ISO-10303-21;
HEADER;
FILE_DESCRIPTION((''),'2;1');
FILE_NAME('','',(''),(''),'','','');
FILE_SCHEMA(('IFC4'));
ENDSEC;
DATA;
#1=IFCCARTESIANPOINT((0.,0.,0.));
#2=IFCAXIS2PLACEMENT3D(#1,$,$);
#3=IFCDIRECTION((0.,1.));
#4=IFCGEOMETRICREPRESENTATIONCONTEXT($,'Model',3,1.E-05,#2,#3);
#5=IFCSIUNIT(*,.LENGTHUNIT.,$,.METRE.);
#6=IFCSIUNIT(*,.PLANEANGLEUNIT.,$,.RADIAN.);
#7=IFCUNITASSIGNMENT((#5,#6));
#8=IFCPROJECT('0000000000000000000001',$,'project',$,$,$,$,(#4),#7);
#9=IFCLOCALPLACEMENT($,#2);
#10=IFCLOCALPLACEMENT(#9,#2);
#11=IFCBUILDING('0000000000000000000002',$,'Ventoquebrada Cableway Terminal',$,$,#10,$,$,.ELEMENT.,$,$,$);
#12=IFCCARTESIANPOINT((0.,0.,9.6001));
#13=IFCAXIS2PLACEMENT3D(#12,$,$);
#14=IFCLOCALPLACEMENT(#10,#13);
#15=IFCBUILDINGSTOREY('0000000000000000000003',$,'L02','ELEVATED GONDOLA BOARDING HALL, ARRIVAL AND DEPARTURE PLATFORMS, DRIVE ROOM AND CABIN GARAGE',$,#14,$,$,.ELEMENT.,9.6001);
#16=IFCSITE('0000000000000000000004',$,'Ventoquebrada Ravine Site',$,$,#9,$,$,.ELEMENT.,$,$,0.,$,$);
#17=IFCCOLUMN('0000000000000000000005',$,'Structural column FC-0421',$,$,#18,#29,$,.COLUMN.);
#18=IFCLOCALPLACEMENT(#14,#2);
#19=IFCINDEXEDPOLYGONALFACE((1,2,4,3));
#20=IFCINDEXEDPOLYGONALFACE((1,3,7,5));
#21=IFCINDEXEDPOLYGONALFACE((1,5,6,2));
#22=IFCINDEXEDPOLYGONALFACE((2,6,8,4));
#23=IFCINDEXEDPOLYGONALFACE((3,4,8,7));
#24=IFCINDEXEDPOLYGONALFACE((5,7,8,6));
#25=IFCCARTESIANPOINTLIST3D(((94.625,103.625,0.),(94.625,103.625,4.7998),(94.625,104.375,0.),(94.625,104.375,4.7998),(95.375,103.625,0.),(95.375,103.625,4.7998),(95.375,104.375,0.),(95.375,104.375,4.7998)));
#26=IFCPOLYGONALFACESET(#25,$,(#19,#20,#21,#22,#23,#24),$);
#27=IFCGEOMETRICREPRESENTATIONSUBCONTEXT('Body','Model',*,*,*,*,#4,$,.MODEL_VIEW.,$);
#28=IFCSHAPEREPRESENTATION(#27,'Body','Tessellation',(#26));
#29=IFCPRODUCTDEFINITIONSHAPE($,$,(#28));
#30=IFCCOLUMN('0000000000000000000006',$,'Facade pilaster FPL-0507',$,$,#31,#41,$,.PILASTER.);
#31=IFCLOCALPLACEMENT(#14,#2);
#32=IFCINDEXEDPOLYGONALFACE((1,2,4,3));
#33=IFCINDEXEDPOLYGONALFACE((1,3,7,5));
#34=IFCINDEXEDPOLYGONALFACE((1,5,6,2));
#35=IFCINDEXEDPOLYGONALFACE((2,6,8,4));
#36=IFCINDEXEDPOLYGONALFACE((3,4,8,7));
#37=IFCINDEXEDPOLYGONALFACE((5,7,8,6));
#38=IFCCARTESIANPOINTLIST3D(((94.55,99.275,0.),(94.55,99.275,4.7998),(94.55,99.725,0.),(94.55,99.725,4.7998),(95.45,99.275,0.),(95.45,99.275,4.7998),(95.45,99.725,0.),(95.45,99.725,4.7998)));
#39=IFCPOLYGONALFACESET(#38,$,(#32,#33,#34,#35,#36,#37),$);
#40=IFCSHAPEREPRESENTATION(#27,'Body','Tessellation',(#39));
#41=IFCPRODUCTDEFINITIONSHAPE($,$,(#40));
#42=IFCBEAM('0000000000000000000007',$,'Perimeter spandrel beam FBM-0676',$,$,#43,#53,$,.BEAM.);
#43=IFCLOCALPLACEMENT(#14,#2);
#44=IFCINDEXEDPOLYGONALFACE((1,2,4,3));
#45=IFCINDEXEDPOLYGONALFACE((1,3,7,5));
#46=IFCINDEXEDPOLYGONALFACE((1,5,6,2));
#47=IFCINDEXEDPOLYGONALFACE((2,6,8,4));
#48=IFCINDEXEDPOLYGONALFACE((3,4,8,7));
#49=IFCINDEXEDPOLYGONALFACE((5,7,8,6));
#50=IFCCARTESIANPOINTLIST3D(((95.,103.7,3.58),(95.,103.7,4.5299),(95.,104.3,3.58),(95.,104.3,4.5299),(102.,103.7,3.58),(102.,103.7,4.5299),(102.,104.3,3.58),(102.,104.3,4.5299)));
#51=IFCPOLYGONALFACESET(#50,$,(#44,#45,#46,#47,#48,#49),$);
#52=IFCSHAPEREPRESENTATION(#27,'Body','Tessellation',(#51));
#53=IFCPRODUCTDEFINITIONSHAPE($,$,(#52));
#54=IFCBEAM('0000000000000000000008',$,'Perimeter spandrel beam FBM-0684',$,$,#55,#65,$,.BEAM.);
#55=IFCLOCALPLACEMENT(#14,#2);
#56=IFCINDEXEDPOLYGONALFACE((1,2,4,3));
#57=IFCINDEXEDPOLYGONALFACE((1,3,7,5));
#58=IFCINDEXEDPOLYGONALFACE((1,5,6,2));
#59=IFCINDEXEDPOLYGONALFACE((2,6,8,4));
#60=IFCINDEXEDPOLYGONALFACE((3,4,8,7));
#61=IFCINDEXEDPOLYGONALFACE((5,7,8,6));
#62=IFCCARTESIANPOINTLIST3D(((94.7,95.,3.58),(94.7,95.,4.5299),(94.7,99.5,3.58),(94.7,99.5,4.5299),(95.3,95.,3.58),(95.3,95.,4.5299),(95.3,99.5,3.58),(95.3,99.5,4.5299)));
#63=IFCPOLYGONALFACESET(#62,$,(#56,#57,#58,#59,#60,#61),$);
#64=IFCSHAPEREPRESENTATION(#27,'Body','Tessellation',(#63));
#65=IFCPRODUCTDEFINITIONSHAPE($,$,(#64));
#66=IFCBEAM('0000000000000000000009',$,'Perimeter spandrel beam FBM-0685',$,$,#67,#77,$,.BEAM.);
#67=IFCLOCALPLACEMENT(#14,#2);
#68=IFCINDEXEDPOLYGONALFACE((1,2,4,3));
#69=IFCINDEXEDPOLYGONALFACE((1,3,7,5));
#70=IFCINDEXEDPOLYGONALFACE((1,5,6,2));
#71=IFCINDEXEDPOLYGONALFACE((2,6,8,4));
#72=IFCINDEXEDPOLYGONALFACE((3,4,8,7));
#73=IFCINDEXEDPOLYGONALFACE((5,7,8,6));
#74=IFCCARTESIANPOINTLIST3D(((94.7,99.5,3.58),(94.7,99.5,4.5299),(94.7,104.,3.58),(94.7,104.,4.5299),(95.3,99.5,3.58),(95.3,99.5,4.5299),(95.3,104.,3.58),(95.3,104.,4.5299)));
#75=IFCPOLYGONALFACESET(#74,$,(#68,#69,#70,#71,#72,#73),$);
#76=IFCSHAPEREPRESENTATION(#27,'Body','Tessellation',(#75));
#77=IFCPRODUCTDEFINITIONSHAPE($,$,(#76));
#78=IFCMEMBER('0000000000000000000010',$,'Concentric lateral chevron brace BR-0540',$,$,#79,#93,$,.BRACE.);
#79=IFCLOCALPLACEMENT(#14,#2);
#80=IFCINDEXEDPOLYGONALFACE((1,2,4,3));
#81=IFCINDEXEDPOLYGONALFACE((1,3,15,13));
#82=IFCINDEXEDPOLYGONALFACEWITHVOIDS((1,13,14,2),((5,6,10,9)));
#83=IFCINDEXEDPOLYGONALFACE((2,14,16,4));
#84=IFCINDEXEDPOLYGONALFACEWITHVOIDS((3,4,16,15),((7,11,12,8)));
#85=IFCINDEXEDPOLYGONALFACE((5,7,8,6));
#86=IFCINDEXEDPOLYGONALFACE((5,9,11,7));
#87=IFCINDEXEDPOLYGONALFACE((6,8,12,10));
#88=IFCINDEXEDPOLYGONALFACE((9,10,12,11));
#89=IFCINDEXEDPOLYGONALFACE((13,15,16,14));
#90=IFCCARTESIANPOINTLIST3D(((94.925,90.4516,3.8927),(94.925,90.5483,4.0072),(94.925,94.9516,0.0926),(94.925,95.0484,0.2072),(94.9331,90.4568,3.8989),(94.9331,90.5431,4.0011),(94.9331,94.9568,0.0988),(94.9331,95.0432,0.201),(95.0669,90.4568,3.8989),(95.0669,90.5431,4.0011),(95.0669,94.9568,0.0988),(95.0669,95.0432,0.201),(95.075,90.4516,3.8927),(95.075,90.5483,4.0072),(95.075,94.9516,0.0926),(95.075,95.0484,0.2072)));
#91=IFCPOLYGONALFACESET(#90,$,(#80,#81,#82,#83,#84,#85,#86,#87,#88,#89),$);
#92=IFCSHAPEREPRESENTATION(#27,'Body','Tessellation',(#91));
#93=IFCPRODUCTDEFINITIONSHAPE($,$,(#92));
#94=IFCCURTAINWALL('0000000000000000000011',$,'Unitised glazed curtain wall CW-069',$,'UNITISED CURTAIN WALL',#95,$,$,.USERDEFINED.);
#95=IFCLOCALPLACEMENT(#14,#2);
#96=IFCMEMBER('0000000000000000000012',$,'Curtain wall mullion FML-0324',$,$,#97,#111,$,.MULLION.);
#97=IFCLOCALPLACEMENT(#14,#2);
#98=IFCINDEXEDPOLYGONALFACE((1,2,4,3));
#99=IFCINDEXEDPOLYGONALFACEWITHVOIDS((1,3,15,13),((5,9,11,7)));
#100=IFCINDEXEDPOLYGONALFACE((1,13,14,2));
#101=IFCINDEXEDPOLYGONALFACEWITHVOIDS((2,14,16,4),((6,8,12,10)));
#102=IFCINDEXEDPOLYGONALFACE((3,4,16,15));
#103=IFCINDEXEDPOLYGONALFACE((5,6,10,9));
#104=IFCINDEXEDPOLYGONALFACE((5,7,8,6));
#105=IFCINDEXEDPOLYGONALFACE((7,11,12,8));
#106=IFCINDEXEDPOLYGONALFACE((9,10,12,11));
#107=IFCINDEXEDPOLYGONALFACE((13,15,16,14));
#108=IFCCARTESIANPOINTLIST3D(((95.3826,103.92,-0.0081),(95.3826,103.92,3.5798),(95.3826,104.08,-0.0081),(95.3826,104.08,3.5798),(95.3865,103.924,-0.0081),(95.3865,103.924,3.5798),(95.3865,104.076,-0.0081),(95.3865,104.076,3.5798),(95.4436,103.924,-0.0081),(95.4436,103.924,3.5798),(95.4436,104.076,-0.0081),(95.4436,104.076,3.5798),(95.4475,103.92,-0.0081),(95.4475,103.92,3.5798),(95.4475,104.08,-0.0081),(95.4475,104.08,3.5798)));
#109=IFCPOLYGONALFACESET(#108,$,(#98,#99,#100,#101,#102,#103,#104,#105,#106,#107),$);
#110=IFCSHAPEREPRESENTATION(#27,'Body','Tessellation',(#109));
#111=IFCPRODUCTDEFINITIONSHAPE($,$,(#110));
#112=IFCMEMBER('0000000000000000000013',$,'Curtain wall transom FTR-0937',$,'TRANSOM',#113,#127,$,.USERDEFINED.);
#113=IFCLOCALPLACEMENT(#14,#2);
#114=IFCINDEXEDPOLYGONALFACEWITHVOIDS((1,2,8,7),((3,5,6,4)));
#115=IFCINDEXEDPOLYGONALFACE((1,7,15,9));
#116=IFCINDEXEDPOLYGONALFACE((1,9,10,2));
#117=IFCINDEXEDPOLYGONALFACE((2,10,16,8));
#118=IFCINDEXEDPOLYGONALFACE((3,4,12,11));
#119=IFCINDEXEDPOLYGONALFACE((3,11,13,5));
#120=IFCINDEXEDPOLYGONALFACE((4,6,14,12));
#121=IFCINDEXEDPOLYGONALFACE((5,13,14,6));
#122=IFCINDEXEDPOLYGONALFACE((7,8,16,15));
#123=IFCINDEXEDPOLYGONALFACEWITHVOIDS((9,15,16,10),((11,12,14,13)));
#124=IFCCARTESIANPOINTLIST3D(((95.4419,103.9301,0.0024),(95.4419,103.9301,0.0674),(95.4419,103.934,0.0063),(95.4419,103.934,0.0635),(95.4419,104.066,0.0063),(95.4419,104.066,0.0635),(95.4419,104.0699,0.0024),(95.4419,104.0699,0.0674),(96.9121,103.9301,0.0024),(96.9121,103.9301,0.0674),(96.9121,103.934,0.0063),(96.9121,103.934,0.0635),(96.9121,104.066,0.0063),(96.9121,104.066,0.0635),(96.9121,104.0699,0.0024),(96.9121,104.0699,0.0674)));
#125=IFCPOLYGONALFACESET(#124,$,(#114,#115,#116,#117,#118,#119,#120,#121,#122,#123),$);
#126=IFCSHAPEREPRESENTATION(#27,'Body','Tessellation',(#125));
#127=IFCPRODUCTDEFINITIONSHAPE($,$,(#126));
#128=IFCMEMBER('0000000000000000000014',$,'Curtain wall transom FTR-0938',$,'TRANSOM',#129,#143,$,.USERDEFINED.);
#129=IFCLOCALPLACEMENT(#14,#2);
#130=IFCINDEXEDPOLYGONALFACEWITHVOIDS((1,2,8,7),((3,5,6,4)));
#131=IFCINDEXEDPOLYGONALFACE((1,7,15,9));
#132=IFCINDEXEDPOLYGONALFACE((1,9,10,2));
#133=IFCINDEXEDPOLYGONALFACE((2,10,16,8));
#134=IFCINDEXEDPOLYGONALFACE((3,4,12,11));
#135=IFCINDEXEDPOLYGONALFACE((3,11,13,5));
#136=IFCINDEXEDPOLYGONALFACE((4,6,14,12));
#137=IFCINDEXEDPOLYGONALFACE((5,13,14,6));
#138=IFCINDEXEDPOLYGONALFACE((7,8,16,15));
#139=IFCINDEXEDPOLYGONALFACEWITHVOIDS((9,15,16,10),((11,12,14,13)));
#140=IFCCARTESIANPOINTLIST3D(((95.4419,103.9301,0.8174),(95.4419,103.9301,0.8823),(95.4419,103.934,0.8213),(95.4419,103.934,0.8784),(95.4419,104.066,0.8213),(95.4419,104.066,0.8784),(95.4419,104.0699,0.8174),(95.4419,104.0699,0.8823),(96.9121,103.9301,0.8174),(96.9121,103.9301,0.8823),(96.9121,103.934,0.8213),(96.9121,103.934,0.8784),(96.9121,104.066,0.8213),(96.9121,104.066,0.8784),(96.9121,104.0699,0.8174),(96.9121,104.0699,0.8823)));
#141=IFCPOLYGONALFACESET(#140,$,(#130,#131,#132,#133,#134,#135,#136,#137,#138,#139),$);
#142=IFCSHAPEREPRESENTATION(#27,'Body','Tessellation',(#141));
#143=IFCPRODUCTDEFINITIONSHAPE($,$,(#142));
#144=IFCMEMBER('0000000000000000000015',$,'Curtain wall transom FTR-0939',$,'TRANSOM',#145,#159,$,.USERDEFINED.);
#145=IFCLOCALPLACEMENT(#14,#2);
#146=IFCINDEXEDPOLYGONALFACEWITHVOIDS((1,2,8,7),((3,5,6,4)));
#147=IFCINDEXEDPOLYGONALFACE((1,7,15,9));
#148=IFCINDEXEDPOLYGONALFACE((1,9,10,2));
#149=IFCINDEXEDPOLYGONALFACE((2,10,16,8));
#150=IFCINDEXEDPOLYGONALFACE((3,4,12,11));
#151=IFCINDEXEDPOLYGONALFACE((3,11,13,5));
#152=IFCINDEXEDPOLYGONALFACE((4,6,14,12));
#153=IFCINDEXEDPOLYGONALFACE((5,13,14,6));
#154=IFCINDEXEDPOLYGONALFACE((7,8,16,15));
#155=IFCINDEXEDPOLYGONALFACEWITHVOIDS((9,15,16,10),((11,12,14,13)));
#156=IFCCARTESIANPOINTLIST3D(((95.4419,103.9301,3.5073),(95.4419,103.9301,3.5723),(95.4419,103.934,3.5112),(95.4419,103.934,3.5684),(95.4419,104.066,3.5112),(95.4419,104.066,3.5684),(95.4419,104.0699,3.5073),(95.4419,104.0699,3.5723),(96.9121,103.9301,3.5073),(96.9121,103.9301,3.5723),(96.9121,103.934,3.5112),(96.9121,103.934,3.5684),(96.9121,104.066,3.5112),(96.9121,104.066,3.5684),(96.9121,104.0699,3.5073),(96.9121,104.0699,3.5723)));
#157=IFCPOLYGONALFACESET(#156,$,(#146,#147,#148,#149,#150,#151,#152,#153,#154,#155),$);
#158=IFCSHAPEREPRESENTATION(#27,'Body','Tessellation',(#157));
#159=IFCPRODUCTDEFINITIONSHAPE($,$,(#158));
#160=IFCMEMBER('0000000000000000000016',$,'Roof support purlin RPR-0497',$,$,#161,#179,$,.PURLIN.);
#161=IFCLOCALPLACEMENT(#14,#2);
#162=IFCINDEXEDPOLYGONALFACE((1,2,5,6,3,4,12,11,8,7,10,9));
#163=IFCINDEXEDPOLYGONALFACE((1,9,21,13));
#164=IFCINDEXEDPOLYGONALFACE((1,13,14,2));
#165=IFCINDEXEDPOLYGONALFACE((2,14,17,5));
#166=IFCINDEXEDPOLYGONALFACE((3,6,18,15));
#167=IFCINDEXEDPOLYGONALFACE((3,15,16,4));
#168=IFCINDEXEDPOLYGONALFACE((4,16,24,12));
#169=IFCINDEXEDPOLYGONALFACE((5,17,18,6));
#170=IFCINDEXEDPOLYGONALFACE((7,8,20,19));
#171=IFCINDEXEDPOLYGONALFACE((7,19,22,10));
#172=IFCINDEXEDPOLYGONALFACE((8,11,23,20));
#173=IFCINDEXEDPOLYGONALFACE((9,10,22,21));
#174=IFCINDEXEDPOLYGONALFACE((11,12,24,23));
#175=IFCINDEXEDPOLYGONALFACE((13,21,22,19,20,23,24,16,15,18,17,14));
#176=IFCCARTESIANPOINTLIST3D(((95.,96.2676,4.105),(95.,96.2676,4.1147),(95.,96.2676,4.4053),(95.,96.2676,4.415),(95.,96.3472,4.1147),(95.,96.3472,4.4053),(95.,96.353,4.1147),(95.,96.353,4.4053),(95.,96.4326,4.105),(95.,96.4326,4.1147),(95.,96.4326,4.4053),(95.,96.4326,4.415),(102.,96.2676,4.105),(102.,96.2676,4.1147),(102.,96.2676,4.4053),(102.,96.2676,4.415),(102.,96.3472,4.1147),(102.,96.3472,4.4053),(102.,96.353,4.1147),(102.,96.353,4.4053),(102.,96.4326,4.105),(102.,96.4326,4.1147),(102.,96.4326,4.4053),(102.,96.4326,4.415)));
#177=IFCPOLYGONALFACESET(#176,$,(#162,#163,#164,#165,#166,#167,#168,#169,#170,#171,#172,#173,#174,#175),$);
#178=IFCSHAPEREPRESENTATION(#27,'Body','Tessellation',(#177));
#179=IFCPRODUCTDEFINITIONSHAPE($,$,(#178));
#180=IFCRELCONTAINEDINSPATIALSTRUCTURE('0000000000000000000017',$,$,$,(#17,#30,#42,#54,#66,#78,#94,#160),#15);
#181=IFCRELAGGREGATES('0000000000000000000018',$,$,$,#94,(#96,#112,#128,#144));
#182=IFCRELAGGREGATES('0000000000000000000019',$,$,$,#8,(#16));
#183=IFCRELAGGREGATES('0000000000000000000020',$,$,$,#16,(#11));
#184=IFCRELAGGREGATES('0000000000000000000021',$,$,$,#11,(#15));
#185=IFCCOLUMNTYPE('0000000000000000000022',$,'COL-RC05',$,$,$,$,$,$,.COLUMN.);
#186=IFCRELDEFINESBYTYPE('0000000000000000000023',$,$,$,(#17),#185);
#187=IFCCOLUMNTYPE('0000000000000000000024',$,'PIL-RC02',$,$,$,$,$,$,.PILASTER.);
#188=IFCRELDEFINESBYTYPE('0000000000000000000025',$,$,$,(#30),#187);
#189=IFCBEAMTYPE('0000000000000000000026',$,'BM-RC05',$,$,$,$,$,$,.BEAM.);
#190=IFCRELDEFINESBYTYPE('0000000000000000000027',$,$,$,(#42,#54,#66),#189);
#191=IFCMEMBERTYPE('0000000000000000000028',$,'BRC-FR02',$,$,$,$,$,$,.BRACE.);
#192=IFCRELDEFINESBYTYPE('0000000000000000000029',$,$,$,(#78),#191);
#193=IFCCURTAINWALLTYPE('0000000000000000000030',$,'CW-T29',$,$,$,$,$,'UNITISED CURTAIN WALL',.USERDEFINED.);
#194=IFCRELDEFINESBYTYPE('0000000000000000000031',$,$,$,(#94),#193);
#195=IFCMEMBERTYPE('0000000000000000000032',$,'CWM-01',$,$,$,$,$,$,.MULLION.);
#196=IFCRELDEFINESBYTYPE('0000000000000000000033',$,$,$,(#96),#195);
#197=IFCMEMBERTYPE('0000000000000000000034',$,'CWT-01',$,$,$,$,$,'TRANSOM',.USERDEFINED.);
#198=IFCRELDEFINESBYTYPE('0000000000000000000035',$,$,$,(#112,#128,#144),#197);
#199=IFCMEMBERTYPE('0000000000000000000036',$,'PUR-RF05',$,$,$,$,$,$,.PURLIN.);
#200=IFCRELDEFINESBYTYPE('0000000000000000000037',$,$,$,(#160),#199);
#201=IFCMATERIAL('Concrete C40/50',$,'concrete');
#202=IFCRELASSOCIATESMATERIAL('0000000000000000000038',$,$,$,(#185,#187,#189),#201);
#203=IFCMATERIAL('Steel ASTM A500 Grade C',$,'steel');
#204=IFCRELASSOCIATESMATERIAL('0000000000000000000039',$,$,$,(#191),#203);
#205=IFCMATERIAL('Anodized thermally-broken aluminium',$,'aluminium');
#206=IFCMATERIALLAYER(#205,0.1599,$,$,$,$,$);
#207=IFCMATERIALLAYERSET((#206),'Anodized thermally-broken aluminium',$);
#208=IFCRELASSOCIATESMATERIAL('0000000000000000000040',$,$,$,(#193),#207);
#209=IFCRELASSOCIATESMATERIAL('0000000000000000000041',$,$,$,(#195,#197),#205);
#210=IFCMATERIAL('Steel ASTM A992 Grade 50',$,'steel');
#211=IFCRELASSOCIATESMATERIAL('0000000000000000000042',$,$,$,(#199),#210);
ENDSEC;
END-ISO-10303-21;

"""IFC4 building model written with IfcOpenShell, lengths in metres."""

from ifc_helpers import new_model, si_unit, direction, frame, origin, origin_2d, place, context, subcontext, project, spatial, rectangle, hollow_rectangle, i_section, extrude, material, layer, layer_set, material_profile, profile_set, type_object, element, aggregate, save


model = new_model("IFC4")

# Units and contexts
model_context = context("Model", 3, precision=1e-05, world=origin(), true_north=direction((0.0, 1.0)))
body_context = subcontext(model_context, "Body", "Model", "MODEL_VIEW")
ifc_project = project(units=[si_unit("LENGTHUNIT", "METRE"), si_unit("PLANEANGLEUNIT", "RADIAN")], contexts=[model_context])

# Site, building, storey
site_placement = place(None, origin())
site = spatial("IfcSite", under=ifc_project, at=site_placement, Name="Ventoquebrada Ravine Site", CompositionType="ELEMENT", RefElevation=0.0)
building_placement = place(site_placement, origin())
building = spatial("IfcBuilding", under=site, at=building_placement, Name="Ventoquebrada Cableway Terminal", CompositionType="ELEMENT")
storey_placement = place(building_placement, frame((0.0, 0.0, 9.6001)))
storey = spatial("IfcBuildingStorey", under=building, at=storey_placement, Name="L02", Description="ELEVATED GONDOLA BOARDING HALL, ARRIVAL AND DEPARTURE PLATFORMS, DRIVE ROOM AND CABIN GARAGE", CompositionType="ELEMENT", Elevation=9.6001)

# Columns
ifc_material_1 = material(Name="Concrete C40/50", Category="concrete")
ifc_material_profile_1 = material_profile(ifc_material_1, rectangle(XDim=0.75, YDim=0.75, at=origin_2d()), Name="RC-COL-750X750")
ifc_profile_set_1 = profile_set([ifc_material_profile_1], Name="Concrete C40/50")
column_type_1 = type_object("IfcColumnType", Name="COL-RC05", PredefinedType="COLUMN", material=ifc_profile_set_1)
column_1_placement = place(storey_placement, frame((95.0, 104.0, 0.0), z_axis=(0.0, 0.0, 1.0), x_axis=(1.0, 0.0, 0.0)))
element("IfcColumn", 1, at=column_1_placement, inside=storey, type_object=column_type_1, Name="Structural column FC-0421", PredefinedType="COLUMN", context=body_context, shape_type="SweptSolid", body=[
    extrude(rectangle(XDim=0.75, YDim=0.75, at=origin_2d()), origin(), (0.0, 0.0, 1.0), 4.7998),
])
ifc_material_profile_2 = material_profile(ifc_material_1, rectangle(XDim=0.45, YDim=0.8999, at=origin_2d()), Name="RC-PIL-450X900")
ifc_profile_set_2 = profile_set([ifc_material_profile_2], Name="Concrete C40/50")
column_type_2 = type_object("IfcColumnType", Name="PIL-RC02", PredefinedType="PILASTER", material=ifc_profile_set_2)
column_2_placement = place(storey_placement, frame((95.0, 99.5, 0.0), z_axis=(0.0, 0.0, 1.0), x_axis=(0.0, 1.0, 0.0)))
element("IfcColumn", 2, at=column_2_placement, inside=storey, type_object=column_type_2, Name="Facade pilaster FPL-0507", PredefinedType="PILASTER", context=body_context, shape_type="SweptSolid", body=[
    extrude(rectangle(XDim=0.45, YDim=0.8999, at=origin_2d()), origin(), (0.0, 0.0, 1.0), 4.7998),
])

# Beams
ifc_material_profile_3 = material_profile(ifc_material_1, rectangle(XDim=0.6001, YDim=0.95, at=origin_2d()), Name="RC-BM-600X950")
ifc_profile_set_3 = profile_set([ifc_material_profile_3], Name="Concrete C40/50")
beam_type = type_object("IfcBeamType", Name="BM-RC05", PredefinedType="BEAM", material=ifc_profile_set_3)
beam_placement = place(storey_placement, frame((95.0, 104.0, 4.0549), z_axis=(1.0, 0.0, 0.0), x_axis=(0.0, 1.0, 0.0)))
element("IfcBeam", 3, at=beam_placement, inside=storey, type_object=beam_type, Name="Perimeter spandrel beam FBM-0676", PredefinedType="BEAM", context=body_context, shape_type="SweptSolid", body=[
    extrude(rectangle(XDim=0.6001, YDim=0.95, at=origin_2d()), origin(), (0.0, 0.0, 1.0), 7.0),
])
for number, where, z_axis, x_axis, name in (
    (4, (95.0, 95.0, 4.0549), (0.0, 1.0, 0.0), (-1.0, 0.0, 0.0), "Perimeter spandrel beam FBM-0684"),
    (5, (95.0, 99.5, 4.0549), (0.0, 1.0, 0.0), (-1.0, 0.0, 0.0), "Perimeter spandrel beam FBM-0685"),
):
    element("IfcBeam", number, at=place(storey_placement, frame(where, z_axis=z_axis, x_axis=x_axis)), inside=storey, type_object=beam_type, Name=name, PredefinedType="BEAM", context=body_context, shape_type="SweptSolid", body=[
        extrude(rectangle(XDim=0.6001, YDim=0.95, at=origin_2d()), origin(), (0.0, 0.0, 1.0), 4.5),
    ])

# Member
ifc_material_2 = material(Name="Steel ASTM A500 Grade C", Category="steel")
ifc_material_profile_4 = material_profile(ifc_material_2, hollow_rectangle(XDim=0.1499, YDim=0.1499, WallThickness=0.0081, at=origin_2d()), Name="HSS150X150X8")
ifc_profile_set_4 = profile_set([ifc_material_profile_4], Name="Steel ASTM A500 Grade C")
member_type_1 = type_object("IfcMemberType", Name="BRC-FR02", PredefinedType="BRACE", material=ifc_profile_set_4)
member_1_placement = place(storey_placement, frame((95.0, 95.0, 0.1499), z_axis=(0.0, -0.764026, 0.645186), x_axis=(1.0, 0.0, 0.0)))
element("IfcMember", 6, at=member_1_placement, inside=storey, type_object=member_type_1, Name="Concentric lateral chevron brace BR-0540", PredefinedType="BRACE", context=body_context, shape_type="SweptSolid", body=[
    extrude(hollow_rectangle(XDim=0.1499, YDim=0.1499, WallThickness=0.0081, at=origin_2d()), origin(), (0.0, 0.0, 1.0), 5.8899),
])

# Curtain wall, members
ifc_material_3 = material(Name="Anodized thermally-broken aluminium", Category="aluminium")
ifc_layer_1 = layer(ifc_material_3, 0.1599)
ifc_layer_set_1 = layer_set([ifc_layer_1], Name="Anodized thermally-broken aluminium")
curtain_wall_type = type_object("IfcCurtainWallType", Name="CW-T29", ElementType="UNITISED CURTAIN WALL", PredefinedType="USERDEFINED", material=ifc_layer_set_1)
curtain_wall_placement = place(storey_placement, origin())
curtain_wall = element("IfcCurtainWall", 7, at=curtain_wall_placement, inside=storey, type_object=curtain_wall_type, Name="Unitised glazed curtain wall CW-069", ObjectType="UNITISED CURTAIN WALL", PredefinedType="USERDEFINED")
ifc_material_profile_5 = material_profile(ifc_material_3, hollow_rectangle(XDim=0.0649, YDim=0.1599, WallThickness=0.0039, at=origin_2d()), Name="CW-MUL-65X160")
ifc_profile_set_5 = profile_set([ifc_material_profile_5], Name="Anodized thermally-broken aluminium")
member_type_2 = type_object("IfcMemberType", Name="CWM-01", PredefinedType="MULLION", material=ifc_profile_set_5)
member_2_placement = place(storey_placement, frame((95.415, 104.0, -0.0081), z_axis=(0.0, 0.0, 1.0), x_axis=(-1.0, 0.0, 0.0)))
member_2 = element("IfcMember", 8, at=member_2_placement, type_object=member_type_2, Name="Curtain wall mullion FML-0324", PredefinedType="MULLION", context=body_context, shape_type="SweptSolid", body=[
    extrude(hollow_rectangle(XDim=0.0649, YDim=0.1599, WallThickness=0.0039, at=origin_2d()), origin(), (0.0, 0.0, 1.0), 3.5879),
])
ifc_material_profile_6 = material_profile(ifc_material_3, hollow_rectangle(XDim=0.0649, YDim=0.1399, WallThickness=0.0039, at=origin_2d()), Name="CW-TRN-65X140")
ifc_profile_set_6 = profile_set([ifc_material_profile_6], Name="Anodized thermally-broken aluminium")
member_type_3 = type_object("IfcMemberType", Name="CWT-01", ElementType="TRANSOM", PredefinedType="USERDEFINED", material=ifc_profile_set_6)
member_3_placement = place(storey_placement, frame((96.9121, 104.0, 0.0349), z_axis=(-1.0, 0.0, 0.0), x_axis=(0.0, 0.0, 1.0)))
member_3 = element("IfcMember", 9, at=member_3_placement, type_object=member_type_3, Name="Curtain wall transom FTR-0937", ObjectType="TRANSOM", PredefinedType="USERDEFINED", context=body_context, shape_type="SweptSolid", body=[
    extrude(hollow_rectangle(XDim=0.0649, YDim=0.1399, WallThickness=0.0039, at=origin_2d()), origin(), (0.0, 0.0, 1.0), 1.4702),
])
member_4_placement = place(storey_placement, frame((96.9121, 104.0, 0.8499), z_axis=(-1.0, 0.0, 0.0), x_axis=(0.0, 0.0, 1.0)))
member_4 = element("IfcMember", 10, at=member_4_placement, type_object=member_type_3, Name="Curtain wall transom FTR-0938", ObjectType="TRANSOM", PredefinedType="USERDEFINED", context=body_context, shape_type="SweptSolid", body=[
    extrude(hollow_rectangle(XDim=0.0649, YDim=0.1399, WallThickness=0.0039, at=origin_2d()), origin(), (0.0, 0.0, 1.0), 1.4702),
])
member_5_placement = place(storey_placement, frame((96.9121, 104.0, 3.5398), z_axis=(-1.0, 0.0, 0.0), x_axis=(0.0, 0.0, 1.0)))
member_5 = element("IfcMember", 11, at=member_5_placement, type_object=member_type_3, Name="Curtain wall transom FTR-0939", ObjectType="TRANSOM", PredefinedType="USERDEFINED", context=body_context, shape_type="SweptSolid", body=[
    extrude(hollow_rectangle(XDim=0.0649, YDim=0.1399, WallThickness=0.0039, at=origin_2d()), origin(), (0.0, 0.0, 1.0), 1.4702),
])

# Member
ifc_material_4 = material(Name="Steel ASTM A992 Grade 50", Category="steel")
ifc_material_profile_7 = material_profile(ifc_material_4, i_section(OverallWidth=0.165, OverallDepth=0.3101, WebThickness=0.0059, FlangeThickness=0.0098, at=origin_2d()), Name="W12X26")
ifc_profile_set_7 = profile_set([ifc_material_profile_7], Name="Steel ASTM A992 Grade 50")
member_type_4 = type_object("IfcMemberType", Name="PUR-RF05", PredefinedType="PURLIN", material=ifc_profile_set_7)
member_6_placement = place(storey_placement, frame((95.0, 96.3501, 4.26), z_axis=(1.0, 0.0, 0.0), x_axis=(0.0, 1.0, 0.0)))
element("IfcMember", 12, at=member_6_placement, inside=storey, type_object=member_type_4, Name="Roof support purlin RPR-0497", PredefinedType="PURLIN", context=body_context, shape_type="SweptSolid", body=[
    extrude(i_section(OverallWidth=0.165, OverallDepth=0.3101, WebThickness=0.0059, FlangeThickness=0.0098, at=origin_2d()), origin(), (0.0, 0.0, 1.0), 7.0),
])

aggregate(curtain_wall, [member_2, member_3, member_4, member_5])

save(model, "model.ifc")
